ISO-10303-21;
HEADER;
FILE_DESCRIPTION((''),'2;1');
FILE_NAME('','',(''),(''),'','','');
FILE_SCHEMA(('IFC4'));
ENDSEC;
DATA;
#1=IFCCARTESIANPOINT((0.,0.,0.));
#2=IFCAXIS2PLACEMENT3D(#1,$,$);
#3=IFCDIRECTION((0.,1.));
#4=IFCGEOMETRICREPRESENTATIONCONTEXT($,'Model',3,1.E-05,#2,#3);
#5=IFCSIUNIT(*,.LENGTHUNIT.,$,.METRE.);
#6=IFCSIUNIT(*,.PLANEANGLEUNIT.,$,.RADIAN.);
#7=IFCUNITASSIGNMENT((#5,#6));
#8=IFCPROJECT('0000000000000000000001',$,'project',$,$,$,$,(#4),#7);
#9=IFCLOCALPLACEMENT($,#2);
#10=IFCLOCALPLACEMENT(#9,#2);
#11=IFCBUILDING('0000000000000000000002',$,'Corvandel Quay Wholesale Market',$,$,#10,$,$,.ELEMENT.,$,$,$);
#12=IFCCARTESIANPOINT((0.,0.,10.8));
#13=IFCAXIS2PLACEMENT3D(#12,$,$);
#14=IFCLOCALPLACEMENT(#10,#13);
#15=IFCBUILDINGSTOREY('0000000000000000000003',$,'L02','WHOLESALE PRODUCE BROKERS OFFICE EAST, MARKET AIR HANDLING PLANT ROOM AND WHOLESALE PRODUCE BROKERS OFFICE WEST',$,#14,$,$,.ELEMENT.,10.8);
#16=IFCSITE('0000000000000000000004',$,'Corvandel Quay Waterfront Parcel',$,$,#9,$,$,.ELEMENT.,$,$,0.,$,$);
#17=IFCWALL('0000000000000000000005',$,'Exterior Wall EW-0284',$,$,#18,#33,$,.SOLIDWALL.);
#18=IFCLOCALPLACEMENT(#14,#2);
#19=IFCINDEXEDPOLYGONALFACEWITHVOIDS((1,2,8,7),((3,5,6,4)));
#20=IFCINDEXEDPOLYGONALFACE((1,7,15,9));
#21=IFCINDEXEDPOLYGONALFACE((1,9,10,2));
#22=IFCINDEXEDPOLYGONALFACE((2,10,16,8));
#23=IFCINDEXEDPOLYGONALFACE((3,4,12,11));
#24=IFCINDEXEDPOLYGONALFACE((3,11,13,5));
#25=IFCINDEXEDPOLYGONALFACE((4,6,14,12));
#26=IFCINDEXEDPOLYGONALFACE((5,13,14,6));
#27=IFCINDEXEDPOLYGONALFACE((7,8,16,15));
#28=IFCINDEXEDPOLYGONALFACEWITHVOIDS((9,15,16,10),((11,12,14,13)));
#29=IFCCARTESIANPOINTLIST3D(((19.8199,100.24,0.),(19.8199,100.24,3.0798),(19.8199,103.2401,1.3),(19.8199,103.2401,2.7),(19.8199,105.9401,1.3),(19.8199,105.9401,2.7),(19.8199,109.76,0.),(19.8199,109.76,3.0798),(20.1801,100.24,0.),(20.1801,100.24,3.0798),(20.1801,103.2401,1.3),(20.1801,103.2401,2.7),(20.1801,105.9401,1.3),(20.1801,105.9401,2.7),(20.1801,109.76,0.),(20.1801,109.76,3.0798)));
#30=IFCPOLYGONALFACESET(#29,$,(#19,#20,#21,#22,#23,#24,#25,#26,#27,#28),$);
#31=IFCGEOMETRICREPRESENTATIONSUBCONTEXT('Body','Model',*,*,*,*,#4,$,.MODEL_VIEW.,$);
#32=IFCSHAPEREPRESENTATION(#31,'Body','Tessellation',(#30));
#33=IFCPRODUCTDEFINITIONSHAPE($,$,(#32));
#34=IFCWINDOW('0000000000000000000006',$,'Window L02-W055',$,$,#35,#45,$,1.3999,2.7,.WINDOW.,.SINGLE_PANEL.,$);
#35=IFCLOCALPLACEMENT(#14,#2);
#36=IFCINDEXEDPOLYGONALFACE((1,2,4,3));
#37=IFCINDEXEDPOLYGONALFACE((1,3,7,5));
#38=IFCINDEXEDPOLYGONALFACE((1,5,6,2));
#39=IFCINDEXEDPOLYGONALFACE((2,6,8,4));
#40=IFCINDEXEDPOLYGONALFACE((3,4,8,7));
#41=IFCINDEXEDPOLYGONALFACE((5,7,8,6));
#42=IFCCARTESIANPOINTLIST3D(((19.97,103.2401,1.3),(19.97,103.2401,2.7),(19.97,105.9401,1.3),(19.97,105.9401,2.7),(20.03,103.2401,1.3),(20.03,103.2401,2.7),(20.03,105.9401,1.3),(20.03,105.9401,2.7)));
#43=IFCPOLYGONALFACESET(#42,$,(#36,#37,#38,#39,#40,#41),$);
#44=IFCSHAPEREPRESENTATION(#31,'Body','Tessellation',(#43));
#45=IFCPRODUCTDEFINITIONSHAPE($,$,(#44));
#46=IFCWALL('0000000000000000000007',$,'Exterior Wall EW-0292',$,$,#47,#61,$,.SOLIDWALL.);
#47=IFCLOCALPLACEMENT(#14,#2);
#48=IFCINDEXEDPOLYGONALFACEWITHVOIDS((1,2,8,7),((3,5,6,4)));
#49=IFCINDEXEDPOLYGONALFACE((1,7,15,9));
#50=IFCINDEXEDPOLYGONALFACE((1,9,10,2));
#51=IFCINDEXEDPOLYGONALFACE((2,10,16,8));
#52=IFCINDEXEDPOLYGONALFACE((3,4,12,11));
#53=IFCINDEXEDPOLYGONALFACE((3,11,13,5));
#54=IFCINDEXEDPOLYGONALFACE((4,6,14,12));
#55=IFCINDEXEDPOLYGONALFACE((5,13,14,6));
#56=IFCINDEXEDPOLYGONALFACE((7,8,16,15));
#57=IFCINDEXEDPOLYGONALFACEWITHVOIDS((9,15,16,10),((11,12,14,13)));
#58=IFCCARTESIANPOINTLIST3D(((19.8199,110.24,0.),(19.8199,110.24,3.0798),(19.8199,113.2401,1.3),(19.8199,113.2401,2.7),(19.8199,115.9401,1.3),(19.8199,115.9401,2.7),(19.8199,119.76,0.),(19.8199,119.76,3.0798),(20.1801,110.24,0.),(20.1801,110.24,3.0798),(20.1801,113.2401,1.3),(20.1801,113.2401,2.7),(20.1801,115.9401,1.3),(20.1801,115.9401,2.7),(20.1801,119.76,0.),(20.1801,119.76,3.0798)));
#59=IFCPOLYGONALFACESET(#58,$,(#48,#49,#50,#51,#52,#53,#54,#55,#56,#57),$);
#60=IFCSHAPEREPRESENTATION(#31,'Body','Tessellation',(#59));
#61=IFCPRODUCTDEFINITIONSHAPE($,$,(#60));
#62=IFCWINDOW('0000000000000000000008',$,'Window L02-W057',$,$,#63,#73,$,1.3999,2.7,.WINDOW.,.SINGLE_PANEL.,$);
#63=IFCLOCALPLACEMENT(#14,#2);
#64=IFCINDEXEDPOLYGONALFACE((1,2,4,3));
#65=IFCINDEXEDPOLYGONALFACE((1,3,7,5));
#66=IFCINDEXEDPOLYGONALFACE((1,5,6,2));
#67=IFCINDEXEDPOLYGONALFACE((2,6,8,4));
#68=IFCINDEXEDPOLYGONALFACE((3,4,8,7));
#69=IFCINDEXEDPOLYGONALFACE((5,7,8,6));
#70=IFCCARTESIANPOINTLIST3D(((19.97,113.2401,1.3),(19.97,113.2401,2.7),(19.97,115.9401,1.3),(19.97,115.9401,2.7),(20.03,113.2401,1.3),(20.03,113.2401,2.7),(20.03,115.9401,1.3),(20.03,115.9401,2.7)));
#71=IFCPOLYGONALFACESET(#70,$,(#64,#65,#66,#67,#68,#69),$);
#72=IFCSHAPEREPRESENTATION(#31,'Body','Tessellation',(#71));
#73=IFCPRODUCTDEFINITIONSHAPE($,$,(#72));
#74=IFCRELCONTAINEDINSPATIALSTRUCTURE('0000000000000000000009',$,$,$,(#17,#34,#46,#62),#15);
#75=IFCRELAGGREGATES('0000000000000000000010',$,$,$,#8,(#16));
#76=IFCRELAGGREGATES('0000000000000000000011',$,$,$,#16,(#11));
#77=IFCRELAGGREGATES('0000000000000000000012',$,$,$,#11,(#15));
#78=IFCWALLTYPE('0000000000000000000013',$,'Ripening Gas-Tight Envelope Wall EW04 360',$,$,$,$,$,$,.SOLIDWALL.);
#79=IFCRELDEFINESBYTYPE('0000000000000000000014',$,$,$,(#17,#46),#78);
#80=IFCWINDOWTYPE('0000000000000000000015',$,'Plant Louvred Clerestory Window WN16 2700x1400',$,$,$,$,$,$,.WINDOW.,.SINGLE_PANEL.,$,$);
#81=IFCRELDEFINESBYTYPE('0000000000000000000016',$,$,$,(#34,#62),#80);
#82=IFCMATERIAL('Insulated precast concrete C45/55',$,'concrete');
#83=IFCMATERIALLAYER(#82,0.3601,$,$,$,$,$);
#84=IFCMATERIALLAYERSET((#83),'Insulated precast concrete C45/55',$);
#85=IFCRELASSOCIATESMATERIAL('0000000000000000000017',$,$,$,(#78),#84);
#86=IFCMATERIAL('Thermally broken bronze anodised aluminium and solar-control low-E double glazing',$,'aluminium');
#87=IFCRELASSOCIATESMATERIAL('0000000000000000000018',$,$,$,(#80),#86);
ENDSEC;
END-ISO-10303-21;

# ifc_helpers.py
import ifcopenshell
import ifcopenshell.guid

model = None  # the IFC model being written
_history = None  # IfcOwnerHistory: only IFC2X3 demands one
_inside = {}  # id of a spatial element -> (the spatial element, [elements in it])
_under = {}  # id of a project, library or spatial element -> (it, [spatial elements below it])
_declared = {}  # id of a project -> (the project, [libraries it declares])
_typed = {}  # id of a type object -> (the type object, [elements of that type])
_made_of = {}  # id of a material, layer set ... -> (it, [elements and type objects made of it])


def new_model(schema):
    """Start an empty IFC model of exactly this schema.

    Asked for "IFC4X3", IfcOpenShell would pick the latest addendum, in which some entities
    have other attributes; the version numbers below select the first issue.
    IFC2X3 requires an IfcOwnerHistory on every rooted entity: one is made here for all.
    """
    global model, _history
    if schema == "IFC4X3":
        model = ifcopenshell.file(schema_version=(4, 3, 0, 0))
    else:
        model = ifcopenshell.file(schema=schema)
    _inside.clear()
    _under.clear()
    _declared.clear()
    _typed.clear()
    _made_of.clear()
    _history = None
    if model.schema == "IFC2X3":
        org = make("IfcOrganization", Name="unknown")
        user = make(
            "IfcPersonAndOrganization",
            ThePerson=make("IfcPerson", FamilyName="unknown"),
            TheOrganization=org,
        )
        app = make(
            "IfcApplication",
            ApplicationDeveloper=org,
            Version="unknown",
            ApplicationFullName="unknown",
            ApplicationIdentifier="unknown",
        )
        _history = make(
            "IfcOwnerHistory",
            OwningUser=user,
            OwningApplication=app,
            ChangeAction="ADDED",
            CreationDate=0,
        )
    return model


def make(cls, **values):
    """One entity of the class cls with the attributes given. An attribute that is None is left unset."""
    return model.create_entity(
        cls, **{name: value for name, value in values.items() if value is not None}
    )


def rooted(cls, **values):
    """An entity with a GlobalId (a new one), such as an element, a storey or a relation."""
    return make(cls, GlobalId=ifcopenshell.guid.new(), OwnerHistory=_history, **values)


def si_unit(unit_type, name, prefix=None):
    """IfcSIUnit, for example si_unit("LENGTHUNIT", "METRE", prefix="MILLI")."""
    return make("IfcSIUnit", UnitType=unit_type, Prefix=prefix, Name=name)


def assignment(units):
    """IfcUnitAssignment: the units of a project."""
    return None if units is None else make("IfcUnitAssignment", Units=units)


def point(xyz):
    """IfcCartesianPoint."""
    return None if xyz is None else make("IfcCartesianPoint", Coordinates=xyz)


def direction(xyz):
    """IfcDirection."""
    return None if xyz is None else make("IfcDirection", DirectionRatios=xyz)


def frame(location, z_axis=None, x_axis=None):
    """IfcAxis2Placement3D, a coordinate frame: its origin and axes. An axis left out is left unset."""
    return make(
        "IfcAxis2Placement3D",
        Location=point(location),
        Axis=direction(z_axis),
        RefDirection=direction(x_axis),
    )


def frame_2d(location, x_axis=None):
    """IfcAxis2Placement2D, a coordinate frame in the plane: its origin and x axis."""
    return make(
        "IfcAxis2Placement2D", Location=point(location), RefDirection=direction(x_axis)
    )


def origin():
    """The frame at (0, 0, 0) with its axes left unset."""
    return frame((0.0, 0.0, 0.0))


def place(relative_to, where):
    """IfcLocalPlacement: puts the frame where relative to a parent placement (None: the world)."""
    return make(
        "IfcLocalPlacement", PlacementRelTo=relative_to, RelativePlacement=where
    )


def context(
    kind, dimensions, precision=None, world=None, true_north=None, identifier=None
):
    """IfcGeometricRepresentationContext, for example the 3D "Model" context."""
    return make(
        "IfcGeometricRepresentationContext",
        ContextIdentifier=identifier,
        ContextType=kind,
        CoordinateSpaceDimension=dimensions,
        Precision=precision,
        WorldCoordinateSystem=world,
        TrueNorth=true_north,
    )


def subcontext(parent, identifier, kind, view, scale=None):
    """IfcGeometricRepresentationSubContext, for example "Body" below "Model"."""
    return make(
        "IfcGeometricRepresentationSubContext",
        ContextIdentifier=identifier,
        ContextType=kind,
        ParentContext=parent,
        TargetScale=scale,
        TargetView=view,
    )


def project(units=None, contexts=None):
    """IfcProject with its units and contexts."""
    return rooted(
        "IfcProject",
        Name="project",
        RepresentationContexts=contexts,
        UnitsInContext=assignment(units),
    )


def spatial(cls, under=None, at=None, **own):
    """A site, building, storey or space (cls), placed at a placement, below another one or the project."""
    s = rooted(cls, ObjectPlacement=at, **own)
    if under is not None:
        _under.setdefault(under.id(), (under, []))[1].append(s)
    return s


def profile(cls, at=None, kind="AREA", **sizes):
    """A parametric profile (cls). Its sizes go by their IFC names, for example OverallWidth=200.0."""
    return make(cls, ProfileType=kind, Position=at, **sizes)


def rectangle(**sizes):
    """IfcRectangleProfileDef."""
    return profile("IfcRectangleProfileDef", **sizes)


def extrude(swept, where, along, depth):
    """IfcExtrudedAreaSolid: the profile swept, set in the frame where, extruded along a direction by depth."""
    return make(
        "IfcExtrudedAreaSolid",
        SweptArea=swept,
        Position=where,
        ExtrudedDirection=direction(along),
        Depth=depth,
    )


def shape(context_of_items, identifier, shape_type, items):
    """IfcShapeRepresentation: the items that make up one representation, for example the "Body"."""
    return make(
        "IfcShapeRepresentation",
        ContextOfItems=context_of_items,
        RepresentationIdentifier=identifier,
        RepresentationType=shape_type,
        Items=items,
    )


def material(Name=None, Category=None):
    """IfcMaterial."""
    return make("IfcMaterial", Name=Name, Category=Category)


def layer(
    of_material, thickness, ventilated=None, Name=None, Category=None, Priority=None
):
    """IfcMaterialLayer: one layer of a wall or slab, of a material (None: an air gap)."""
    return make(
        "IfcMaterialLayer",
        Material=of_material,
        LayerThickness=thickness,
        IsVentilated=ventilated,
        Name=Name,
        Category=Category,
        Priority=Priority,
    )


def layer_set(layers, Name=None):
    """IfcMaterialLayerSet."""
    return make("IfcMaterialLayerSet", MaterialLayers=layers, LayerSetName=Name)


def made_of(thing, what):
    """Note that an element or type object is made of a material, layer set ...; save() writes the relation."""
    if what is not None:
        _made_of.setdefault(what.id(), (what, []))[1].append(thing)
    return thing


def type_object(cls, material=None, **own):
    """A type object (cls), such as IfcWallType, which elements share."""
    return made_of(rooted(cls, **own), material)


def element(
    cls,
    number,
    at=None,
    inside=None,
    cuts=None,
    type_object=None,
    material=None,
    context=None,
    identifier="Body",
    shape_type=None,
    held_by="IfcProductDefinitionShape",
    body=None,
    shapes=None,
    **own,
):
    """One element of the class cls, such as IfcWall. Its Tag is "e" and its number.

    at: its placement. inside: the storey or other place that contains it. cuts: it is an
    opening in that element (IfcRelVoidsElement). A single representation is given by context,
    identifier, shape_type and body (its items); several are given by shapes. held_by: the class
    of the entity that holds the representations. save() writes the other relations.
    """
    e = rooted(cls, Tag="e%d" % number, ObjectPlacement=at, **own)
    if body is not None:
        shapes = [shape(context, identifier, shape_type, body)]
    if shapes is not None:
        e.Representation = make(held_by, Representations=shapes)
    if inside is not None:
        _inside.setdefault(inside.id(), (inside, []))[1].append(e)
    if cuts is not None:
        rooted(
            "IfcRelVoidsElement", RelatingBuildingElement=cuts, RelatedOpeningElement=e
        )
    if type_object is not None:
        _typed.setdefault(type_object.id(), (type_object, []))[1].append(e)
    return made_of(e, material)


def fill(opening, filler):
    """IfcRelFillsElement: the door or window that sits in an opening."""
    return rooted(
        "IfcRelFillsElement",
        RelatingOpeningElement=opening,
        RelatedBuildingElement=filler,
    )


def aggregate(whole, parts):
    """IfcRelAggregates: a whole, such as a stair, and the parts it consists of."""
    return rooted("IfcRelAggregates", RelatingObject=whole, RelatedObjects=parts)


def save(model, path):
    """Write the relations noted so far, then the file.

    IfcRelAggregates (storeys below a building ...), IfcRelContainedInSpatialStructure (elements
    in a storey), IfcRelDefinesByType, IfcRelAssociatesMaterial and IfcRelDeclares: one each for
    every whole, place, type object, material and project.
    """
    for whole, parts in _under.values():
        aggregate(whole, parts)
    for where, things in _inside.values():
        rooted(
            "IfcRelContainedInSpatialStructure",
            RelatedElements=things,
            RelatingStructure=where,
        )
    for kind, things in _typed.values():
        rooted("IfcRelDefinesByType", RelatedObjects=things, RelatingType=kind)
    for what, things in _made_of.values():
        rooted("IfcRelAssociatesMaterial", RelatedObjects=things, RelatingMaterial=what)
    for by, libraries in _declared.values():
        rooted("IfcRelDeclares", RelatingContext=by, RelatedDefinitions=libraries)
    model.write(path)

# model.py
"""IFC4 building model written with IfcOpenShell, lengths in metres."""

from ifc_helpers import new_model, si_unit, direction, frame, frame_2d, origin, place, context, subcontext, project, spatial, rectangle, extrude, material, layer, layer_set, type_object, element, fill, save


model = new_model("IFC4")

# Units and contexts
model_context = context("Model", 3, precision=1e-05, world=origin(), true_north=direction((0.0, 1.0)))
body_context = subcontext(model_context, "Body", "Model", "MODEL_VIEW")
ifc_project = project(units=[si_unit("LENGTHUNIT", "METRE"), si_unit("PLANEANGLEUNIT", "RADIAN")], contexts=[model_context])

# Site, building, storey
site_placement = place(None, origin())
site = spatial("IfcSite", under=ifc_project, at=site_placement, Name="Corvandel Quay Waterfront Parcel", CompositionType="ELEMENT", RefElevation=0.0)
building_placement = place(site_placement, origin())
building = spatial("IfcBuilding", under=site, at=building_placement, Name="Corvandel Quay Wholesale Market", CompositionType="ELEMENT")
storey_placement = place(building_placement, frame((0.0, 0.0, 10.8)))
storey = spatial("IfcBuildingStorey", under=building, at=storey_placement, Name="L02", Description="WHOLESALE PRODUCE BROKERS OFFICE EAST, MARKET AIR HANDLING PLANT ROOM AND WHOLESALE PRODUCE BROKERS OFFICE WEST", CompositionType="ELEMENT", Elevation=10.8)

# Walls, openings, windows
ifc_material_1 = material(Name="Insulated precast concrete C45/55", Category="concrete")
ifc_layer_1 = layer(ifc_material_1, 0.3601)
ifc_layer_set_1 = layer_set([ifc_layer_1], Name="Insulated precast concrete C45/55")
wall_type_1 = type_object("IfcWallType", Name="Ripening Gas-Tight Envelope Wall EW04 360", PredefinedType="SOLIDWALL", material=ifc_layer_set_1)
wall_1_placement = place(storey_placement, frame((20.0, 100.24, 0.0), z_axis=(0.0, 0.0, 1.0), x_axis=(0.0, 1.0, 0.0)))
wall_1 = element("IfcWall", 1, at=wall_1_placement, inside=storey, type_object=wall_type_1, Name="Exterior Wall EW-0284", PredefinedType="SOLIDWALL", context=body_context, shape_type="SweptSolid", body=[
    extrude(rectangle(XDim=9.52, YDim=0.3601, at=frame_2d((4.76, 0.0))), origin(), (0.0, 0.0, 1.0), 3.0798),
])
opening_1_placement = place(wall_1_placement, frame((3.0, 0.0, 1.3)))
opening_1 = element("IfcOpeningElement", 2, at=opening_1_placement, cuts=wall_1, PredefinedType="OPENING", context=body_context, shape_type="SweptSolid", body=[
    extrude(rectangle(XDim=2.7, YDim=1.3999, at=frame_2d((1.3501, 0.7))), frame((0.0, 0.1899, 0.0), z_axis=(0.0, -1.0, 0.0), x_axis=(1.0, 0.0, 0.0)), (0.0, 0.0, 1.0), 0.3801),
])
ifc_material_2 = material(Name="Thermally broken bronze anodised aluminium and solar-control low-E double glazing", Category="aluminium")
window_type = type_object("IfcWindowType", Name="Plant Louvred Clerestory Window WN16 2700x1400", PartitioningType="SINGLE_PANEL", PredefinedType="WINDOW", material=ifc_material_2)
window_1_placement = place(opening_1_placement, origin())
window_1 = element("IfcWindow", 3, at=window_1_placement, inside=storey, type_object=window_type, Name="Window L02-W055", OverallHeight=1.3999, OverallWidth=2.7, PartitioningType="SINGLE_PANEL", PredefinedType="WINDOW", context=body_context, shape_type="SweptSolid", body=[
    extrude(rectangle(XDim=2.7, YDim=1.3999, at=frame_2d((1.3501, 0.7))), frame((0.0, 0.03, 0.0), z_axis=(0.0, -1.0, 0.0), x_axis=(1.0, 0.0, 0.0)), (0.0, 0.0, 1.0), 0.0601),
])
fill(opening_1, window_1)
wall_2_placement = place(storey_placement, frame((20.0, 110.24, 0.0), z_axis=(0.0, 0.0, 1.0), x_axis=(0.0, 1.0, 0.0)))
wall_2 = element("IfcWall", 4, at=wall_2_placement, inside=storey, type_object=wall_type_1, Name="Exterior Wall EW-0292", PredefinedType="SOLIDWALL", context=body_context, shape_type="SweptSolid", body=[
    extrude(rectangle(XDim=9.52, YDim=0.3601, at=frame_2d((4.76, 0.0))), origin(), (0.0, 0.0, 1.0), 3.0798),
])
opening_2_placement = place(wall_2_placement, frame((3.0, 0.0, 1.3)))
opening_2 = element("IfcOpeningElement", 5, at=opening_2_placement, cuts=wall_2, PredefinedType="OPENING", context=body_context, shape_type="SweptSolid", body=[
    extrude(rectangle(XDim=2.7, YDim=1.3999, at=frame_2d((1.3501, 0.7))), frame((0.0, 0.1899, 0.0), z_axis=(0.0, -1.0, 0.0), x_axis=(1.0, 0.0, 0.0)), (0.0, 0.0, 1.0), 0.3801),
])
window_2_placement = place(opening_2_placement, origin())
window_2 = element("IfcWindow", 6, at=window_2_placement, inside=storey, type_object=window_type, Name="Window L02-W057", OverallHeight=1.3999, OverallWidth=2.7, PartitioningType="SINGLE_PANEL", PredefinedType="WINDOW", context=body_context, shape_type="SweptSolid", body=[
    extrude(rectangle(XDim=2.7, YDim=1.3999, at=frame_2d((1.3501, 0.7))), frame((0.0, 0.03, 0.0), z_axis=(0.0, -1.0, 0.0), x_axis=(1.0, 0.0, 0.0)), (0.0, 0.0, 1.0), 0.0601),
])
fill(opening_2, window_2)

save(model, "model.ifc")
